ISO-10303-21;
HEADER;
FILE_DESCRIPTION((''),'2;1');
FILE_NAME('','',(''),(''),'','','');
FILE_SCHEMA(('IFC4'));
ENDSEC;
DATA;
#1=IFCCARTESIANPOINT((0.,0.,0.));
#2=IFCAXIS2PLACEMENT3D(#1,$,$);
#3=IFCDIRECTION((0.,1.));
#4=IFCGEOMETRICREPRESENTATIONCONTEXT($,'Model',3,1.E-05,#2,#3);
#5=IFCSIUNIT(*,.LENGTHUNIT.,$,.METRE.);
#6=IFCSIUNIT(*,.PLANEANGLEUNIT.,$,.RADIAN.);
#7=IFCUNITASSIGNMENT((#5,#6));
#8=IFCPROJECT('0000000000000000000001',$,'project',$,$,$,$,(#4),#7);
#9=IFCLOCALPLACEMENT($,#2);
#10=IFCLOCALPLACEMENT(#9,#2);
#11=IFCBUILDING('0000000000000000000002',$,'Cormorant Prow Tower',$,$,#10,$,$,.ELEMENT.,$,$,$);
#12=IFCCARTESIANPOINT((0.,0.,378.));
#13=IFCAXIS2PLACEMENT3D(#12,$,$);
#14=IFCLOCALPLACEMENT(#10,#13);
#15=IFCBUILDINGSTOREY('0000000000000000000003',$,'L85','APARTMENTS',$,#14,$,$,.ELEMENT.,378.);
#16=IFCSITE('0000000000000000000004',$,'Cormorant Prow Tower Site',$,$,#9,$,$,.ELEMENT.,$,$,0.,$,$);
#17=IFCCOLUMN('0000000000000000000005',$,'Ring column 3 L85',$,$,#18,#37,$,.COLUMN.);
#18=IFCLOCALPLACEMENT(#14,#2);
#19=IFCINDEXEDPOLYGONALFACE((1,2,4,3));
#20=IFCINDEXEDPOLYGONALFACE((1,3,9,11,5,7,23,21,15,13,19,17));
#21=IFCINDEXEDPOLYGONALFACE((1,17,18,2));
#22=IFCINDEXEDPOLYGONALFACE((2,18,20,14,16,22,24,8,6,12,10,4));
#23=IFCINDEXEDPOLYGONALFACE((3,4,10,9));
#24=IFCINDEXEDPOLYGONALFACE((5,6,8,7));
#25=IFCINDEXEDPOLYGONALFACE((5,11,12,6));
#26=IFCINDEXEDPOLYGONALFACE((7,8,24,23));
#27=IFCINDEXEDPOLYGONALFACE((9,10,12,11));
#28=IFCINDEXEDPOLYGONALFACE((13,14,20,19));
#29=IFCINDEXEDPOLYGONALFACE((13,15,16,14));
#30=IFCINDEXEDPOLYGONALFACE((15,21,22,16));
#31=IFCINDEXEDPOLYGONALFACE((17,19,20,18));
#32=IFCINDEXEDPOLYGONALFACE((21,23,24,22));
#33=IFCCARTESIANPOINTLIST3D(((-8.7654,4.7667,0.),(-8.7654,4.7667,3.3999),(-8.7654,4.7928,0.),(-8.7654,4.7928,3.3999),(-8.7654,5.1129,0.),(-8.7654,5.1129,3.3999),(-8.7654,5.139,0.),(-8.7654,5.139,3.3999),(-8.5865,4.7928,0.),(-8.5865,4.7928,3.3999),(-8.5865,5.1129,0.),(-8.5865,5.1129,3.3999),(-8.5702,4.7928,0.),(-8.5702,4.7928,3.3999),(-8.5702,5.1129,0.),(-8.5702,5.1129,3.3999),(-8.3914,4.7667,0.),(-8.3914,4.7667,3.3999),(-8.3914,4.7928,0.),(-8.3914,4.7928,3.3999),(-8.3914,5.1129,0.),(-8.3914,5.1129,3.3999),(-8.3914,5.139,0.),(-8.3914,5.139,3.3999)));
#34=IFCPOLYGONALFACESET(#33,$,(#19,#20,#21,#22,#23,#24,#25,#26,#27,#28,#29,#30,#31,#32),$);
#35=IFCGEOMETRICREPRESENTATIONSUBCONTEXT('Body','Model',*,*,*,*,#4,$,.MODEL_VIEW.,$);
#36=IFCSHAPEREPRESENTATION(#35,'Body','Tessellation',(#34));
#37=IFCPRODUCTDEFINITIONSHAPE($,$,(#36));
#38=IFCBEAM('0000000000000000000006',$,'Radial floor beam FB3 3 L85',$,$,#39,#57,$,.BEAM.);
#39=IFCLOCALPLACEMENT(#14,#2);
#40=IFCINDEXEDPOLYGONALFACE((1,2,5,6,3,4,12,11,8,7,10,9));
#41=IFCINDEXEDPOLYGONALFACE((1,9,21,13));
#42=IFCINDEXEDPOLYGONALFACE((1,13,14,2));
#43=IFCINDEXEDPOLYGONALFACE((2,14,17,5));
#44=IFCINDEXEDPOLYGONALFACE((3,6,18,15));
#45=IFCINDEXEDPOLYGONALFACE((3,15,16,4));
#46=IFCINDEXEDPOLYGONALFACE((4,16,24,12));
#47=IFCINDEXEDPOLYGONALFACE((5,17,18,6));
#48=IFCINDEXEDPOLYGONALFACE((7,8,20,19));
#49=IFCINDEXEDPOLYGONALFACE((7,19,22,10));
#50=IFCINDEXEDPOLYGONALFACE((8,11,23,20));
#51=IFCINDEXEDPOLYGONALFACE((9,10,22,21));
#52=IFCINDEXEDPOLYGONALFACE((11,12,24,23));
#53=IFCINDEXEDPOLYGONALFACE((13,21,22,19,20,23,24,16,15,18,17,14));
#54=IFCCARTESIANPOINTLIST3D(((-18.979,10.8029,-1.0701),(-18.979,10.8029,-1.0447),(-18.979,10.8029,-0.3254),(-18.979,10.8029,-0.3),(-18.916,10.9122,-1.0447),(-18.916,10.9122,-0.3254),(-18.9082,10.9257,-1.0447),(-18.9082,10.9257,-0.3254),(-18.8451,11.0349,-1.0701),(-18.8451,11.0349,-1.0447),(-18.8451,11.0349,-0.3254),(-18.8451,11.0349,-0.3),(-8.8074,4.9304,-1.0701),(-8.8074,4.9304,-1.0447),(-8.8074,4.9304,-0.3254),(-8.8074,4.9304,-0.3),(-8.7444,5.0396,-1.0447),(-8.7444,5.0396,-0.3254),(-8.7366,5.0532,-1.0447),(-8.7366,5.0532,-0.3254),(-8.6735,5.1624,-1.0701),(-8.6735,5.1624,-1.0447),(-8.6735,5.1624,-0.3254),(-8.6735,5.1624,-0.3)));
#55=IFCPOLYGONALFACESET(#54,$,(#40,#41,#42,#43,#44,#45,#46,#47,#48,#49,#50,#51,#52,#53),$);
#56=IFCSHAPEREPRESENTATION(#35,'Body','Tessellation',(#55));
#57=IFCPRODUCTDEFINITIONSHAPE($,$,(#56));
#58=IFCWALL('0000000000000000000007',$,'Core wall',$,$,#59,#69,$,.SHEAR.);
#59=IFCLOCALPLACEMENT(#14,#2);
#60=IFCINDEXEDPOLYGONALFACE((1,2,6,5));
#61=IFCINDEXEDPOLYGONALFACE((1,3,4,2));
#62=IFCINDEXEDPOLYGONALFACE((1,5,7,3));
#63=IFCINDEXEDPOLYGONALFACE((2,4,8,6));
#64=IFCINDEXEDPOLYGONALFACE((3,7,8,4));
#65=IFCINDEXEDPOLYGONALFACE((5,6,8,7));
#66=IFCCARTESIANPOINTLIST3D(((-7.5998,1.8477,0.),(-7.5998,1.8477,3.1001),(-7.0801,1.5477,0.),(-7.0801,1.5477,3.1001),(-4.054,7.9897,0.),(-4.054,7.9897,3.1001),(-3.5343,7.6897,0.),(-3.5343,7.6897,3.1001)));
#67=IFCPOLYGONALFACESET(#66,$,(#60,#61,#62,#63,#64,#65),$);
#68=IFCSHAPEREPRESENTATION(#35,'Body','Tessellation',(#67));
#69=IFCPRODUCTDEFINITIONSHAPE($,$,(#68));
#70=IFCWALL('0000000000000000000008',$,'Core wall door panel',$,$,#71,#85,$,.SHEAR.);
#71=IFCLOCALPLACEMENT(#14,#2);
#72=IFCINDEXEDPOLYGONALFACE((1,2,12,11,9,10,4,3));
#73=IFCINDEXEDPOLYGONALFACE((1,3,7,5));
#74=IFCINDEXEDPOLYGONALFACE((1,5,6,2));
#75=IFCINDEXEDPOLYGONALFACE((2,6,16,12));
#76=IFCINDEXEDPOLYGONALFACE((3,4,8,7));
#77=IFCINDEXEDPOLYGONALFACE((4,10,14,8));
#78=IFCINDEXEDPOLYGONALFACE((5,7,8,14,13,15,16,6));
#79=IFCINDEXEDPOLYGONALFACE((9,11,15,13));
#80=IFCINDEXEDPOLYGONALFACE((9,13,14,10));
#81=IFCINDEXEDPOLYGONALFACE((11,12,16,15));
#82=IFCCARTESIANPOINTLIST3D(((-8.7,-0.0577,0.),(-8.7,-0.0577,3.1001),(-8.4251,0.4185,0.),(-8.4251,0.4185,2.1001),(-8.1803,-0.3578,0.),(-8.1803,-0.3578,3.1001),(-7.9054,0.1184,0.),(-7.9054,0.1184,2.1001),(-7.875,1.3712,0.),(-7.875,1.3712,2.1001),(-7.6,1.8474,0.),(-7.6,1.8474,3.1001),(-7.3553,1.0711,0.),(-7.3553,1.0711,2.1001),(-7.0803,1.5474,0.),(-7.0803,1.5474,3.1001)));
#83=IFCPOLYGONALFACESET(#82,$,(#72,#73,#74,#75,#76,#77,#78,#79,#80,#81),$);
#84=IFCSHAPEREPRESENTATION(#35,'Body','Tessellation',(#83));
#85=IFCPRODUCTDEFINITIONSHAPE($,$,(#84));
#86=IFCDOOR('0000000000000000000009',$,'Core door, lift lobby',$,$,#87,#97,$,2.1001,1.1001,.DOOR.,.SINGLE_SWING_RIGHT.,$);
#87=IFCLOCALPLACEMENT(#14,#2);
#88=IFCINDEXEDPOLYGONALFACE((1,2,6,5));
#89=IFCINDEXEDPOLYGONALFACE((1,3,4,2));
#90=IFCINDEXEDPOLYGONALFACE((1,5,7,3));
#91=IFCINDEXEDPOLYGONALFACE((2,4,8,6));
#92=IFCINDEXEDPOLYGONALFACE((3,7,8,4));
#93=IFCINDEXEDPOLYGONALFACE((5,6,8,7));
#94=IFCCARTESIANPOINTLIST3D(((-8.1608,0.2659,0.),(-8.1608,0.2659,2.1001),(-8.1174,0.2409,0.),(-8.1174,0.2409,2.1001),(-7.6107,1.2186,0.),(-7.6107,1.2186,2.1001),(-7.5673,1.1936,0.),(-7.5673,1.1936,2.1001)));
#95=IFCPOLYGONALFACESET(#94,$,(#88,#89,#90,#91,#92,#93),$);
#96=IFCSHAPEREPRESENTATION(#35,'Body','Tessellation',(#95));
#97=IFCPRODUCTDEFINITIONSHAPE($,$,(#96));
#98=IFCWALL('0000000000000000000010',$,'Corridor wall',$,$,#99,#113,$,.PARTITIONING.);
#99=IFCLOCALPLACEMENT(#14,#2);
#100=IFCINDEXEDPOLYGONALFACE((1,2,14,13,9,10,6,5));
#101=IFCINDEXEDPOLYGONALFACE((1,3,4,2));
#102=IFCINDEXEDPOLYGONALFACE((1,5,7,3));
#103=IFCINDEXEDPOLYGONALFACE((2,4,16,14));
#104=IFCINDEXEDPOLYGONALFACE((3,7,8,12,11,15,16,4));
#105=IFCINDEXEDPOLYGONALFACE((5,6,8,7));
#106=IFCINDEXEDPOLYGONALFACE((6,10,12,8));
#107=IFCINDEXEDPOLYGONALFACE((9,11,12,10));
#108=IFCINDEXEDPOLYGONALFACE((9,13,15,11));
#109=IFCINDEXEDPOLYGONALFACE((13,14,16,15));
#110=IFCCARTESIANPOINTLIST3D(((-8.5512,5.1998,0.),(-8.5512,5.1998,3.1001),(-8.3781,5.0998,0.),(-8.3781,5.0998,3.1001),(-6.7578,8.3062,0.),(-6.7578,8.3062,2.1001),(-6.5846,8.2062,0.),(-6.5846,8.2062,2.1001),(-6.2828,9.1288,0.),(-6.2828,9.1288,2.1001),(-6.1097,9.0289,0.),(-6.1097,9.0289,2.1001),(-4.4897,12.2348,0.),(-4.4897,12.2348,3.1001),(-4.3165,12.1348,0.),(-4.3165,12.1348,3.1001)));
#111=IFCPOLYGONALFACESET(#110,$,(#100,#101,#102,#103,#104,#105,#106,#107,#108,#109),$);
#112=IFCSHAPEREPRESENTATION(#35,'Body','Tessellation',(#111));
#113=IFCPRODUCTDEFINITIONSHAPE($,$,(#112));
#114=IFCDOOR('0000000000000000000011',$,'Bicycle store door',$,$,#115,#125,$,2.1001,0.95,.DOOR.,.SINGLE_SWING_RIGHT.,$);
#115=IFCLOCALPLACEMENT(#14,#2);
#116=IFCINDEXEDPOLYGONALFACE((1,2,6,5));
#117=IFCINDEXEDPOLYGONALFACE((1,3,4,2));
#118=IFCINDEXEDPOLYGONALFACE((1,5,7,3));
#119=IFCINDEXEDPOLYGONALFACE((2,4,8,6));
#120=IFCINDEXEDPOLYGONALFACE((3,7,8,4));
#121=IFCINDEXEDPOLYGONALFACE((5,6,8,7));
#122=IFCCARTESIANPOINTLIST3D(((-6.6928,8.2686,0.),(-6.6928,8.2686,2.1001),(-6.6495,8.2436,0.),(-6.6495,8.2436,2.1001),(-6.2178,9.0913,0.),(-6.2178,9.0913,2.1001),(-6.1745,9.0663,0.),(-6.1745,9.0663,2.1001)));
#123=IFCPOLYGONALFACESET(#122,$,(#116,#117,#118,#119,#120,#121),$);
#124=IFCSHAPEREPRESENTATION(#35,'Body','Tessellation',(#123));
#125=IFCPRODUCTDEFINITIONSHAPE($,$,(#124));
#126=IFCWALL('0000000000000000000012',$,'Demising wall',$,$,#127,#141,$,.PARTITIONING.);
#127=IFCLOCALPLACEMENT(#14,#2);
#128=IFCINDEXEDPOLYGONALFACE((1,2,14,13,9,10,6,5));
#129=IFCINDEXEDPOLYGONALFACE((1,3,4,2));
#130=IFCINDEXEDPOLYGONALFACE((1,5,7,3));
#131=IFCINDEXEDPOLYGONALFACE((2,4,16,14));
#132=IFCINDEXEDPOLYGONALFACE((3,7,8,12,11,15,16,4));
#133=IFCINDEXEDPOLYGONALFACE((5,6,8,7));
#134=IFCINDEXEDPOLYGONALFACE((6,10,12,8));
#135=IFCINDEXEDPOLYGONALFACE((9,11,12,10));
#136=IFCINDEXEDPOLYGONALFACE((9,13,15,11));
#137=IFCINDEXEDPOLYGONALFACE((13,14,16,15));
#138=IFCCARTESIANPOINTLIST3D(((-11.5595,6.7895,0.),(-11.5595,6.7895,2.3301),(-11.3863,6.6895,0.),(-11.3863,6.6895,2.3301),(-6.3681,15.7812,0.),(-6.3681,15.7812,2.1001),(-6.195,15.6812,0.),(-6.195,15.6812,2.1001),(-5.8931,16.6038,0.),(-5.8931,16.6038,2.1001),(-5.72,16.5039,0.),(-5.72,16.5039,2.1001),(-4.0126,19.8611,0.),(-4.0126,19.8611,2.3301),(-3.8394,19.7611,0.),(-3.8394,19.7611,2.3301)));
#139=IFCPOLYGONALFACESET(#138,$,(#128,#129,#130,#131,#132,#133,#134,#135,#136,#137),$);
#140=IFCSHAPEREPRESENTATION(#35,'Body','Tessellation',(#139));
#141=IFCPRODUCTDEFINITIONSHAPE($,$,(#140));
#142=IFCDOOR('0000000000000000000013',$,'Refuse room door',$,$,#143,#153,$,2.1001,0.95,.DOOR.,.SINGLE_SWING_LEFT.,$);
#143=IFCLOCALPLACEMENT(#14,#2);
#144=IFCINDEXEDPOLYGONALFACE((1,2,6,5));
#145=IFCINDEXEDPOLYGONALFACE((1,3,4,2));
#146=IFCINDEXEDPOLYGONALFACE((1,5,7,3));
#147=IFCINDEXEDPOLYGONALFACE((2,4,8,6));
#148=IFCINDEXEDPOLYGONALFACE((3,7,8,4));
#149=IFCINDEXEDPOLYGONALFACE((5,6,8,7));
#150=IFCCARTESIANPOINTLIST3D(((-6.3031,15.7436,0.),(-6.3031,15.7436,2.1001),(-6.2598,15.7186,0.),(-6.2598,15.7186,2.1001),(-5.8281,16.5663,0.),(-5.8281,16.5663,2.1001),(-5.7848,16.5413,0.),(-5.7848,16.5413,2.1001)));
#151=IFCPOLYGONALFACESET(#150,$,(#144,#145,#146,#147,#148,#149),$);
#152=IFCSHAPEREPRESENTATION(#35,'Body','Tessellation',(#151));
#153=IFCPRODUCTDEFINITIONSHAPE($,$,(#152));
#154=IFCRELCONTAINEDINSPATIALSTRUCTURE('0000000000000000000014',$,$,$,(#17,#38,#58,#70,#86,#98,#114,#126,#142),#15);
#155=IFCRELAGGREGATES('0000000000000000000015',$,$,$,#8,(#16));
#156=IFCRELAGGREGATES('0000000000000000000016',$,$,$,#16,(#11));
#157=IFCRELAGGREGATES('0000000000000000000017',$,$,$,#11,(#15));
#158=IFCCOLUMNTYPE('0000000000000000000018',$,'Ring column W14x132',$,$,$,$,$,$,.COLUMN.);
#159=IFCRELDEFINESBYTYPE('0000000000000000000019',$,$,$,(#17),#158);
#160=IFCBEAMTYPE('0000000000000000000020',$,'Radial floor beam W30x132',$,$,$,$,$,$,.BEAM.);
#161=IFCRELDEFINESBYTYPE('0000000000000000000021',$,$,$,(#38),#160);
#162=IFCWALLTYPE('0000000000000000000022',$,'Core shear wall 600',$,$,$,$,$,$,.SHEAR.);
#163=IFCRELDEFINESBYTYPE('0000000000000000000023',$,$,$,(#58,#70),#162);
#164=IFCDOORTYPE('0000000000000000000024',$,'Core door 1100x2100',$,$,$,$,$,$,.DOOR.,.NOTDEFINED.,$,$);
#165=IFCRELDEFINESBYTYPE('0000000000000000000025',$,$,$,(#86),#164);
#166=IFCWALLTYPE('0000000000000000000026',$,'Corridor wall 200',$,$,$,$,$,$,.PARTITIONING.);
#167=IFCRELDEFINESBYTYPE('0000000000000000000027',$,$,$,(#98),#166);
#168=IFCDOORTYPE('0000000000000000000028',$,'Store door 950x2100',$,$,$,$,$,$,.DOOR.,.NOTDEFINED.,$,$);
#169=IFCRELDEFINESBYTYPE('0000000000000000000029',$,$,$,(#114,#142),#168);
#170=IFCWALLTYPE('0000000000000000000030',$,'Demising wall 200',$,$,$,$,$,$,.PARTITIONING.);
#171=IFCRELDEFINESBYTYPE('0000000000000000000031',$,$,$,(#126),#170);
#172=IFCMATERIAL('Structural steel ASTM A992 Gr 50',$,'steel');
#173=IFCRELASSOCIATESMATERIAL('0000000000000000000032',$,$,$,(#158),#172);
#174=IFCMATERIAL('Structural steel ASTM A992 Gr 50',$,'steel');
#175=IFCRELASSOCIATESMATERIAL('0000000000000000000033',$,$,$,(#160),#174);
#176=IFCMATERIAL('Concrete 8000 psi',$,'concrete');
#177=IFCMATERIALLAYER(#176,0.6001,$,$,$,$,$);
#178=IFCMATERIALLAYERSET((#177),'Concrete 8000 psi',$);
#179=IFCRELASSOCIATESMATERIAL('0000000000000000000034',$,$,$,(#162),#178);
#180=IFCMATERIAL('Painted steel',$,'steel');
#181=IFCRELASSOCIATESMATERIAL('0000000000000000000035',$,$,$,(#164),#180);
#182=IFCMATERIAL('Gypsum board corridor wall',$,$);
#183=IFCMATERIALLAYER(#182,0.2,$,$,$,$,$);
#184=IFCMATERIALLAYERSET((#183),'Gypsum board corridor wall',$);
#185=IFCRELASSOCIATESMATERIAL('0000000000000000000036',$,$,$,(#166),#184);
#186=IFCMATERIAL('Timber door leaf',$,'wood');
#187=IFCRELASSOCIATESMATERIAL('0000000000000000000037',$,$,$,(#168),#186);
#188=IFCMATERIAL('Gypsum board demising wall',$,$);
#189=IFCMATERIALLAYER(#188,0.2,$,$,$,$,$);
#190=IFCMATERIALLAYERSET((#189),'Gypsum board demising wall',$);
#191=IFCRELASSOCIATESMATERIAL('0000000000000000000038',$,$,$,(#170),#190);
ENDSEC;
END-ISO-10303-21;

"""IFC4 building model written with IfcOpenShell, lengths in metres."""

from ifc_helpers import new_model, si_unit, direction, frame, frame_2d, origin, origin_2d, place, context, subcontext, project, spatial, rectangle, i_section, extrude, material, layer, layer_set, material_profile, profile_set, type_object, element, fill, save


model = new_model("IFC4")

# Units and contexts
model_context = context("Model", 3, precision=1e-05, world=origin(), true_north=direction((0.0, 1.0)))
body_context = subcontext(model_context, "Body", "Model", "MODEL_VIEW")
ifc_project = project(units=[si_unit("LENGTHUNIT", "METRE"), si_unit("PLANEANGLEUNIT", "RADIAN")], contexts=[model_context])

# Site, building, storey
site_placement = place(None, origin())
site = spatial("IfcSite", under=ifc_project, at=site_placement, Name="Cormorant Prow Tower Site", CompositionType="ELEMENT", RefElevation=0.0)
building_placement = place(site_placement, origin())
building = spatial("IfcBuilding", under=site, at=building_placement, Name="Cormorant Prow Tower", CompositionType="ELEMENT")
storey_placement = place(building_placement, frame((0.0, 0.0, 378.0)))
storey = spatial("IfcBuildingStorey", under=building, at=storey_placement, Name="L85", Description="APARTMENTS", CompositionType="ELEMENT", Elevation=378.0)

# Column
ifc_material_1 = material(Name="Structural steel ASTM A992 Gr 50", Category="steel")
ifc_material_profile_1 = material_profile(ifc_material_1, i_section(OverallWidth=0.374, OverallDepth=0.3723, WebThickness=0.0164, FlangeThickness=0.0261, at=origin_2d()), Name="W14x132")
ifc_profile_set_1 = profile_set([ifc_material_profile_1], Name="Structural steel ASTM A992 Gr 50")
column_type = type_object("IfcColumnType", Name="Ring column W14x132", PredefinedType="COLUMN", material=ifc_profile_set_1)
column_placement = place(storey_placement, frame((-8.5784, 4.9529, 0.0), z_axis=(0.0, 0.0, 1.0), x_axis=(1.0, 0.0, 0.0)))
element("IfcColumn", 1, at=column_placement, inside=storey, type_object=column_type, Name="Ring column 3 L85", PredefinedType="COLUMN", context=body_context, shape_type="SweptSolid", body=[
    extrude(i_section(OverallWidth=0.374, OverallDepth=0.3723, WebThickness=0.0164, FlangeThickness=0.0261, at=origin_2d()), origin(), (0.0, 0.0, 1.0), 3.3999),
])

# Beam
ifc_material_2 = material(Name="Structural steel ASTM A992 Gr 50", Category="steel")
ifc_material_profile_2 = material_profile(ifc_material_2, i_section(OverallWidth=0.2678, OverallDepth=0.77, WebThickness=0.0156, FlangeThickness=0.0254, at=origin_2d()), Name="W30x132")
ifc_profile_set_2 = profile_set([ifc_material_profile_2], Name="Structural steel ASTM A992 Gr 50")
beam_type = type_object("IfcBeamType", Name="Radial floor beam W30x132", PredefinedType="BEAM", material=ifc_profile_set_2)
beam_placement = place(storey_placement, frame((-8.7405, 5.0464, -0.6851), z_axis=(-0.866027, 0.499998, 0.0), x_axis=(-0.499998, -0.866027, 0.0)))
element("IfcBeam", 2, at=beam_placement, inside=storey, type_object=beam_type, Name="Radial floor beam FB3 3 L85", PredefinedType="BEAM", context=body_context, shape_type="SweptSolid", body=[
    extrude(i_section(OverallWidth=0.2678, OverallDepth=0.77, WebThickness=0.0156, FlangeThickness=0.0254, at=origin_2d()), origin(), (0.0, 0.0, 1.0), 11.7451),
])

# Wall
ifc_material_3 = material(Name="Concrete 8000 psi", Category="concrete")
ifc_layer_1 = layer(ifc_material_3, 0.6001)
ifc_layer_set_1 = layer_set([ifc_layer_1], Name="Concrete 8000 psi")
wall_type_1 = type_object("IfcWallType", Name="Core shear wall 600", PredefinedType="SHEAR", material=ifc_layer_set_1)
wall_1_placement = place(storey_placement, frame((-3.7942, 7.8396, 0.0), z_axis=(0.0, 0.0, 1.0), x_axis=(-0.499975, -0.86604, 0.0)))
element("IfcWall", 3, at=wall_1_placement, inside=storey, type_object=wall_type_1, Name="Core wall", PredefinedType="SHEAR", context=body_context, shape_type="SweptSolid", body=[
    extrude(rectangle(XDim=7.092, YDim=0.6001, at=frame_2d((3.5459, 0.0))), origin(), (0.0, 0.0, 1.0), 3.1001),
])

# Walls, openings, doors
wall_2_placement = place(storey_placement, frame((-7.3401, 1.6975, 0.0), z_axis=(0.0, 0.0, 1.0), x_axis=(-0.50003, -0.866008, 0.0)))
wall_2 = element("IfcWall", 4, at=wall_2_placement, inside=storey, type_object=wall_type_1, Name="Core wall door panel", PredefinedType="SHEAR", context=body_context, shape_type="SweptSolid", body=[
    extrude(rectangle(XDim=2.2, YDim=0.6001, at=frame_2d((1.1001, 0.0))), origin(), (0.0, 0.0, 1.0), 3.1001),
])
opening_1_placement = place(wall_2_placement, frame((0.55, 0.0, 0.0)))
opening_1 = element("IfcOpeningElement", 5, at=opening_1_placement, cuts=wall_2, PredefinedType="OPENING", context=body_context, shape_type="SweptSolid", body=[
    extrude(rectangle(XDim=1.1001, YDim=2.1001, at=frame_2d((0.55, 1.05))), frame((0.0, 0.3101, 0.0), z_axis=(0.0, -1.0, 0.0), x_axis=(1.0, 0.0, 0.0)), (0.0, 0.0, 1.0), 0.6201),
])
ifc_material_4 = material(Name="Painted steel", Category="steel")
door_type_1 = type_object("IfcDoorType", Name="Core door 1100x2100", OperationType="NOTDEFINED", PredefinedType="DOOR", material=ifc_material_4)
door_1_placement = place(opening_1_placement, origin())
door_1 = element("IfcDoor", 6, at=door_1_placement, inside=storey, type_object=door_type_1, Name="Core door, lift lobby", OperationType="SINGLE_SWING_RIGHT", OverallHeight=2.1001, OverallWidth=1.1001, PredefinedType="DOOR", context=body_context, shape_type="SweptSolid", body=[
    extrude(rectangle(XDim=1.1001, YDim=2.1001, at=frame_2d((0.55, 1.05))), frame((0.0, 0.0552, 0.0), z_axis=(0.0, -1.0, 0.0), x_axis=(1.0, 0.0, 0.0)), (0.0, 0.0, 1.0), 0.05),
])
fill(opening_1, door_1)
ifc_material_5 = material(Name="Gypsum board corridor wall")
ifc_layer_2 = layer(ifc_material_5, 0.2)
ifc_layer_set_2 = layer_set([ifc_layer_2], Name="Gypsum board corridor wall")
wall_type_2 = type_object("IfcWallType", Name="Corridor wall 200", PredefinedType="PARTITIONING", material=ifc_layer_set_2)
wall_3_placement = place(storey_placement, frame((-8.4646, 5.1499, 0.0), z_axis=(0.0, 0.0, 1.0), x_axis=(0.499992, 0.86603, 0.0)))
wall_3 = element("IfcWall", 7, at=wall_3_placement, inside=storey, type_object=wall_type_2, Name="Corridor wall", PredefinedType="PARTITIONING", context=body_context, shape_type="SweptSolid", body=[
    extrude(rectangle(XDim=8.1233, YDim=0.2, at=frame_2d((4.0615, 0.0))), origin(), (0.0, 0.0, 1.0), 3.1001),
])
opening_2_placement = place(wall_3_placement, frame((3.5867, 0.0, 0.0)))
opening_2 = element("IfcOpeningElement", 8, at=opening_2_placement, cuts=wall_3, PredefinedType="OPENING", context=body_context, shape_type="SweptSolid", body=[
    extrude(rectangle(XDim=0.95, YDim=2.1001, at=frame_2d((0.4751, 1.05))), frame((0.0, 0.1099, 0.0), z_axis=(0.0, -1.0, 0.0), x_axis=(1.0, 0.0, 0.0)), (0.0, 0.0, 1.0), 0.22),
])
ifc_material_6 = material(Name="Timber door leaf", Category="wood")
door_type_2 = type_object("IfcDoorType", Name="Store door 950x2100", OperationType="NOTDEFINED", PredefinedType="DOOR", material=ifc_material_6)
door_2_placement = place(opening_2_placement, origin())
door_2 = element("IfcDoor", 9, at=door_2_placement, inside=storey, type_object=door_type_2, Name="Bicycle store door", OperationType="SINGLE_SWING_RIGHT", OverallHeight=2.1001, OverallWidth=0.95, PredefinedType="DOOR", context=body_context, shape_type="SweptSolid", body=[
    extrude(rectangle(XDim=0.95, YDim=2.1001, at=frame_2d((0.4751, 1.05))), frame((0.0, 0.0249, 0.0), z_axis=(0.0, -1.0, 0.0), x_axis=(1.0, 0.0, 0.0)), (0.0, 0.0, 1.0), 0.05),
])
fill(opening_2, door_2)
ifc_material_7 = material(Name="Gypsum board demising wall")
ifc_layer_3 = layer(ifc_material_7, 0.2)
ifc_layer_set_3 = layer_set([ifc_layer_3], Name="Gypsum board demising wall")
wall_type_3 = type_object("IfcWallType", Name="Demising wall 200", PredefinedType="PARTITIONING", material=ifc_layer_set_3)
wall_4_placement = place(storey_placement, frame((-11.4729, 6.7395, 0.0), z_axis=(0.0, 0.0, 1.0), x_axis=(0.500001, 0.866025, 0.0)))
wall_4 = element("IfcWall", 10, at=wall_4_placement, inside=storey, type_object=wall_type_3, Name="Demising wall", PredefinedType="PARTITIONING", context=body_context, shape_type="SweptSolid", body=[
    extrude(rectangle(XDim=15.0938, YDim=0.2, at=frame_2d((7.5469, 0.0))), origin(), (0.0, 0.0, 1.0), 2.3301),
])
opening_3_placement = place(wall_4_placement, frame((10.3826, 0.0, 0.0)))
opening_3 = element("IfcOpeningElement", 11, at=opening_3_placement, cuts=wall_4, PredefinedType="OPENING", context=body_context, shape_type="SweptSolid", body=[
    extrude(rectangle(XDim=0.95, YDim=2.1001, at=frame_2d((0.4751, 1.05))), frame((0.0, 0.1099, 0.0), z_axis=(0.0, -1.0, 0.0), x_axis=(1.0, 0.0, 0.0)), (0.0, 0.0, 1.0), 0.22),
])
door_3_placement = place(opening_3_placement, origin())
door_3 = element("IfcDoor", 12, at=door_3_placement, inside=storey, type_object=door_type_2, Name="Refuse room door", OperationType="SINGLE_SWING_LEFT", OverallHeight=2.1001, OverallWidth=0.95, PredefinedType="DOOR", context=body_context, shape_type="SweptSolid", body=[
    extrude(rectangle(XDim=0.95, YDim=2.1001, at=frame_2d((0.4751, 1.05))), frame((0.0, 0.0249, 0.0), z_axis=(0.0, -1.0, 0.0), x_axis=(1.0, 0.0, 0.0)), (0.0, 0.0, 1.0), 0.05),
])
fill(opening_3, door_3)

save(model, "model.ifc")
